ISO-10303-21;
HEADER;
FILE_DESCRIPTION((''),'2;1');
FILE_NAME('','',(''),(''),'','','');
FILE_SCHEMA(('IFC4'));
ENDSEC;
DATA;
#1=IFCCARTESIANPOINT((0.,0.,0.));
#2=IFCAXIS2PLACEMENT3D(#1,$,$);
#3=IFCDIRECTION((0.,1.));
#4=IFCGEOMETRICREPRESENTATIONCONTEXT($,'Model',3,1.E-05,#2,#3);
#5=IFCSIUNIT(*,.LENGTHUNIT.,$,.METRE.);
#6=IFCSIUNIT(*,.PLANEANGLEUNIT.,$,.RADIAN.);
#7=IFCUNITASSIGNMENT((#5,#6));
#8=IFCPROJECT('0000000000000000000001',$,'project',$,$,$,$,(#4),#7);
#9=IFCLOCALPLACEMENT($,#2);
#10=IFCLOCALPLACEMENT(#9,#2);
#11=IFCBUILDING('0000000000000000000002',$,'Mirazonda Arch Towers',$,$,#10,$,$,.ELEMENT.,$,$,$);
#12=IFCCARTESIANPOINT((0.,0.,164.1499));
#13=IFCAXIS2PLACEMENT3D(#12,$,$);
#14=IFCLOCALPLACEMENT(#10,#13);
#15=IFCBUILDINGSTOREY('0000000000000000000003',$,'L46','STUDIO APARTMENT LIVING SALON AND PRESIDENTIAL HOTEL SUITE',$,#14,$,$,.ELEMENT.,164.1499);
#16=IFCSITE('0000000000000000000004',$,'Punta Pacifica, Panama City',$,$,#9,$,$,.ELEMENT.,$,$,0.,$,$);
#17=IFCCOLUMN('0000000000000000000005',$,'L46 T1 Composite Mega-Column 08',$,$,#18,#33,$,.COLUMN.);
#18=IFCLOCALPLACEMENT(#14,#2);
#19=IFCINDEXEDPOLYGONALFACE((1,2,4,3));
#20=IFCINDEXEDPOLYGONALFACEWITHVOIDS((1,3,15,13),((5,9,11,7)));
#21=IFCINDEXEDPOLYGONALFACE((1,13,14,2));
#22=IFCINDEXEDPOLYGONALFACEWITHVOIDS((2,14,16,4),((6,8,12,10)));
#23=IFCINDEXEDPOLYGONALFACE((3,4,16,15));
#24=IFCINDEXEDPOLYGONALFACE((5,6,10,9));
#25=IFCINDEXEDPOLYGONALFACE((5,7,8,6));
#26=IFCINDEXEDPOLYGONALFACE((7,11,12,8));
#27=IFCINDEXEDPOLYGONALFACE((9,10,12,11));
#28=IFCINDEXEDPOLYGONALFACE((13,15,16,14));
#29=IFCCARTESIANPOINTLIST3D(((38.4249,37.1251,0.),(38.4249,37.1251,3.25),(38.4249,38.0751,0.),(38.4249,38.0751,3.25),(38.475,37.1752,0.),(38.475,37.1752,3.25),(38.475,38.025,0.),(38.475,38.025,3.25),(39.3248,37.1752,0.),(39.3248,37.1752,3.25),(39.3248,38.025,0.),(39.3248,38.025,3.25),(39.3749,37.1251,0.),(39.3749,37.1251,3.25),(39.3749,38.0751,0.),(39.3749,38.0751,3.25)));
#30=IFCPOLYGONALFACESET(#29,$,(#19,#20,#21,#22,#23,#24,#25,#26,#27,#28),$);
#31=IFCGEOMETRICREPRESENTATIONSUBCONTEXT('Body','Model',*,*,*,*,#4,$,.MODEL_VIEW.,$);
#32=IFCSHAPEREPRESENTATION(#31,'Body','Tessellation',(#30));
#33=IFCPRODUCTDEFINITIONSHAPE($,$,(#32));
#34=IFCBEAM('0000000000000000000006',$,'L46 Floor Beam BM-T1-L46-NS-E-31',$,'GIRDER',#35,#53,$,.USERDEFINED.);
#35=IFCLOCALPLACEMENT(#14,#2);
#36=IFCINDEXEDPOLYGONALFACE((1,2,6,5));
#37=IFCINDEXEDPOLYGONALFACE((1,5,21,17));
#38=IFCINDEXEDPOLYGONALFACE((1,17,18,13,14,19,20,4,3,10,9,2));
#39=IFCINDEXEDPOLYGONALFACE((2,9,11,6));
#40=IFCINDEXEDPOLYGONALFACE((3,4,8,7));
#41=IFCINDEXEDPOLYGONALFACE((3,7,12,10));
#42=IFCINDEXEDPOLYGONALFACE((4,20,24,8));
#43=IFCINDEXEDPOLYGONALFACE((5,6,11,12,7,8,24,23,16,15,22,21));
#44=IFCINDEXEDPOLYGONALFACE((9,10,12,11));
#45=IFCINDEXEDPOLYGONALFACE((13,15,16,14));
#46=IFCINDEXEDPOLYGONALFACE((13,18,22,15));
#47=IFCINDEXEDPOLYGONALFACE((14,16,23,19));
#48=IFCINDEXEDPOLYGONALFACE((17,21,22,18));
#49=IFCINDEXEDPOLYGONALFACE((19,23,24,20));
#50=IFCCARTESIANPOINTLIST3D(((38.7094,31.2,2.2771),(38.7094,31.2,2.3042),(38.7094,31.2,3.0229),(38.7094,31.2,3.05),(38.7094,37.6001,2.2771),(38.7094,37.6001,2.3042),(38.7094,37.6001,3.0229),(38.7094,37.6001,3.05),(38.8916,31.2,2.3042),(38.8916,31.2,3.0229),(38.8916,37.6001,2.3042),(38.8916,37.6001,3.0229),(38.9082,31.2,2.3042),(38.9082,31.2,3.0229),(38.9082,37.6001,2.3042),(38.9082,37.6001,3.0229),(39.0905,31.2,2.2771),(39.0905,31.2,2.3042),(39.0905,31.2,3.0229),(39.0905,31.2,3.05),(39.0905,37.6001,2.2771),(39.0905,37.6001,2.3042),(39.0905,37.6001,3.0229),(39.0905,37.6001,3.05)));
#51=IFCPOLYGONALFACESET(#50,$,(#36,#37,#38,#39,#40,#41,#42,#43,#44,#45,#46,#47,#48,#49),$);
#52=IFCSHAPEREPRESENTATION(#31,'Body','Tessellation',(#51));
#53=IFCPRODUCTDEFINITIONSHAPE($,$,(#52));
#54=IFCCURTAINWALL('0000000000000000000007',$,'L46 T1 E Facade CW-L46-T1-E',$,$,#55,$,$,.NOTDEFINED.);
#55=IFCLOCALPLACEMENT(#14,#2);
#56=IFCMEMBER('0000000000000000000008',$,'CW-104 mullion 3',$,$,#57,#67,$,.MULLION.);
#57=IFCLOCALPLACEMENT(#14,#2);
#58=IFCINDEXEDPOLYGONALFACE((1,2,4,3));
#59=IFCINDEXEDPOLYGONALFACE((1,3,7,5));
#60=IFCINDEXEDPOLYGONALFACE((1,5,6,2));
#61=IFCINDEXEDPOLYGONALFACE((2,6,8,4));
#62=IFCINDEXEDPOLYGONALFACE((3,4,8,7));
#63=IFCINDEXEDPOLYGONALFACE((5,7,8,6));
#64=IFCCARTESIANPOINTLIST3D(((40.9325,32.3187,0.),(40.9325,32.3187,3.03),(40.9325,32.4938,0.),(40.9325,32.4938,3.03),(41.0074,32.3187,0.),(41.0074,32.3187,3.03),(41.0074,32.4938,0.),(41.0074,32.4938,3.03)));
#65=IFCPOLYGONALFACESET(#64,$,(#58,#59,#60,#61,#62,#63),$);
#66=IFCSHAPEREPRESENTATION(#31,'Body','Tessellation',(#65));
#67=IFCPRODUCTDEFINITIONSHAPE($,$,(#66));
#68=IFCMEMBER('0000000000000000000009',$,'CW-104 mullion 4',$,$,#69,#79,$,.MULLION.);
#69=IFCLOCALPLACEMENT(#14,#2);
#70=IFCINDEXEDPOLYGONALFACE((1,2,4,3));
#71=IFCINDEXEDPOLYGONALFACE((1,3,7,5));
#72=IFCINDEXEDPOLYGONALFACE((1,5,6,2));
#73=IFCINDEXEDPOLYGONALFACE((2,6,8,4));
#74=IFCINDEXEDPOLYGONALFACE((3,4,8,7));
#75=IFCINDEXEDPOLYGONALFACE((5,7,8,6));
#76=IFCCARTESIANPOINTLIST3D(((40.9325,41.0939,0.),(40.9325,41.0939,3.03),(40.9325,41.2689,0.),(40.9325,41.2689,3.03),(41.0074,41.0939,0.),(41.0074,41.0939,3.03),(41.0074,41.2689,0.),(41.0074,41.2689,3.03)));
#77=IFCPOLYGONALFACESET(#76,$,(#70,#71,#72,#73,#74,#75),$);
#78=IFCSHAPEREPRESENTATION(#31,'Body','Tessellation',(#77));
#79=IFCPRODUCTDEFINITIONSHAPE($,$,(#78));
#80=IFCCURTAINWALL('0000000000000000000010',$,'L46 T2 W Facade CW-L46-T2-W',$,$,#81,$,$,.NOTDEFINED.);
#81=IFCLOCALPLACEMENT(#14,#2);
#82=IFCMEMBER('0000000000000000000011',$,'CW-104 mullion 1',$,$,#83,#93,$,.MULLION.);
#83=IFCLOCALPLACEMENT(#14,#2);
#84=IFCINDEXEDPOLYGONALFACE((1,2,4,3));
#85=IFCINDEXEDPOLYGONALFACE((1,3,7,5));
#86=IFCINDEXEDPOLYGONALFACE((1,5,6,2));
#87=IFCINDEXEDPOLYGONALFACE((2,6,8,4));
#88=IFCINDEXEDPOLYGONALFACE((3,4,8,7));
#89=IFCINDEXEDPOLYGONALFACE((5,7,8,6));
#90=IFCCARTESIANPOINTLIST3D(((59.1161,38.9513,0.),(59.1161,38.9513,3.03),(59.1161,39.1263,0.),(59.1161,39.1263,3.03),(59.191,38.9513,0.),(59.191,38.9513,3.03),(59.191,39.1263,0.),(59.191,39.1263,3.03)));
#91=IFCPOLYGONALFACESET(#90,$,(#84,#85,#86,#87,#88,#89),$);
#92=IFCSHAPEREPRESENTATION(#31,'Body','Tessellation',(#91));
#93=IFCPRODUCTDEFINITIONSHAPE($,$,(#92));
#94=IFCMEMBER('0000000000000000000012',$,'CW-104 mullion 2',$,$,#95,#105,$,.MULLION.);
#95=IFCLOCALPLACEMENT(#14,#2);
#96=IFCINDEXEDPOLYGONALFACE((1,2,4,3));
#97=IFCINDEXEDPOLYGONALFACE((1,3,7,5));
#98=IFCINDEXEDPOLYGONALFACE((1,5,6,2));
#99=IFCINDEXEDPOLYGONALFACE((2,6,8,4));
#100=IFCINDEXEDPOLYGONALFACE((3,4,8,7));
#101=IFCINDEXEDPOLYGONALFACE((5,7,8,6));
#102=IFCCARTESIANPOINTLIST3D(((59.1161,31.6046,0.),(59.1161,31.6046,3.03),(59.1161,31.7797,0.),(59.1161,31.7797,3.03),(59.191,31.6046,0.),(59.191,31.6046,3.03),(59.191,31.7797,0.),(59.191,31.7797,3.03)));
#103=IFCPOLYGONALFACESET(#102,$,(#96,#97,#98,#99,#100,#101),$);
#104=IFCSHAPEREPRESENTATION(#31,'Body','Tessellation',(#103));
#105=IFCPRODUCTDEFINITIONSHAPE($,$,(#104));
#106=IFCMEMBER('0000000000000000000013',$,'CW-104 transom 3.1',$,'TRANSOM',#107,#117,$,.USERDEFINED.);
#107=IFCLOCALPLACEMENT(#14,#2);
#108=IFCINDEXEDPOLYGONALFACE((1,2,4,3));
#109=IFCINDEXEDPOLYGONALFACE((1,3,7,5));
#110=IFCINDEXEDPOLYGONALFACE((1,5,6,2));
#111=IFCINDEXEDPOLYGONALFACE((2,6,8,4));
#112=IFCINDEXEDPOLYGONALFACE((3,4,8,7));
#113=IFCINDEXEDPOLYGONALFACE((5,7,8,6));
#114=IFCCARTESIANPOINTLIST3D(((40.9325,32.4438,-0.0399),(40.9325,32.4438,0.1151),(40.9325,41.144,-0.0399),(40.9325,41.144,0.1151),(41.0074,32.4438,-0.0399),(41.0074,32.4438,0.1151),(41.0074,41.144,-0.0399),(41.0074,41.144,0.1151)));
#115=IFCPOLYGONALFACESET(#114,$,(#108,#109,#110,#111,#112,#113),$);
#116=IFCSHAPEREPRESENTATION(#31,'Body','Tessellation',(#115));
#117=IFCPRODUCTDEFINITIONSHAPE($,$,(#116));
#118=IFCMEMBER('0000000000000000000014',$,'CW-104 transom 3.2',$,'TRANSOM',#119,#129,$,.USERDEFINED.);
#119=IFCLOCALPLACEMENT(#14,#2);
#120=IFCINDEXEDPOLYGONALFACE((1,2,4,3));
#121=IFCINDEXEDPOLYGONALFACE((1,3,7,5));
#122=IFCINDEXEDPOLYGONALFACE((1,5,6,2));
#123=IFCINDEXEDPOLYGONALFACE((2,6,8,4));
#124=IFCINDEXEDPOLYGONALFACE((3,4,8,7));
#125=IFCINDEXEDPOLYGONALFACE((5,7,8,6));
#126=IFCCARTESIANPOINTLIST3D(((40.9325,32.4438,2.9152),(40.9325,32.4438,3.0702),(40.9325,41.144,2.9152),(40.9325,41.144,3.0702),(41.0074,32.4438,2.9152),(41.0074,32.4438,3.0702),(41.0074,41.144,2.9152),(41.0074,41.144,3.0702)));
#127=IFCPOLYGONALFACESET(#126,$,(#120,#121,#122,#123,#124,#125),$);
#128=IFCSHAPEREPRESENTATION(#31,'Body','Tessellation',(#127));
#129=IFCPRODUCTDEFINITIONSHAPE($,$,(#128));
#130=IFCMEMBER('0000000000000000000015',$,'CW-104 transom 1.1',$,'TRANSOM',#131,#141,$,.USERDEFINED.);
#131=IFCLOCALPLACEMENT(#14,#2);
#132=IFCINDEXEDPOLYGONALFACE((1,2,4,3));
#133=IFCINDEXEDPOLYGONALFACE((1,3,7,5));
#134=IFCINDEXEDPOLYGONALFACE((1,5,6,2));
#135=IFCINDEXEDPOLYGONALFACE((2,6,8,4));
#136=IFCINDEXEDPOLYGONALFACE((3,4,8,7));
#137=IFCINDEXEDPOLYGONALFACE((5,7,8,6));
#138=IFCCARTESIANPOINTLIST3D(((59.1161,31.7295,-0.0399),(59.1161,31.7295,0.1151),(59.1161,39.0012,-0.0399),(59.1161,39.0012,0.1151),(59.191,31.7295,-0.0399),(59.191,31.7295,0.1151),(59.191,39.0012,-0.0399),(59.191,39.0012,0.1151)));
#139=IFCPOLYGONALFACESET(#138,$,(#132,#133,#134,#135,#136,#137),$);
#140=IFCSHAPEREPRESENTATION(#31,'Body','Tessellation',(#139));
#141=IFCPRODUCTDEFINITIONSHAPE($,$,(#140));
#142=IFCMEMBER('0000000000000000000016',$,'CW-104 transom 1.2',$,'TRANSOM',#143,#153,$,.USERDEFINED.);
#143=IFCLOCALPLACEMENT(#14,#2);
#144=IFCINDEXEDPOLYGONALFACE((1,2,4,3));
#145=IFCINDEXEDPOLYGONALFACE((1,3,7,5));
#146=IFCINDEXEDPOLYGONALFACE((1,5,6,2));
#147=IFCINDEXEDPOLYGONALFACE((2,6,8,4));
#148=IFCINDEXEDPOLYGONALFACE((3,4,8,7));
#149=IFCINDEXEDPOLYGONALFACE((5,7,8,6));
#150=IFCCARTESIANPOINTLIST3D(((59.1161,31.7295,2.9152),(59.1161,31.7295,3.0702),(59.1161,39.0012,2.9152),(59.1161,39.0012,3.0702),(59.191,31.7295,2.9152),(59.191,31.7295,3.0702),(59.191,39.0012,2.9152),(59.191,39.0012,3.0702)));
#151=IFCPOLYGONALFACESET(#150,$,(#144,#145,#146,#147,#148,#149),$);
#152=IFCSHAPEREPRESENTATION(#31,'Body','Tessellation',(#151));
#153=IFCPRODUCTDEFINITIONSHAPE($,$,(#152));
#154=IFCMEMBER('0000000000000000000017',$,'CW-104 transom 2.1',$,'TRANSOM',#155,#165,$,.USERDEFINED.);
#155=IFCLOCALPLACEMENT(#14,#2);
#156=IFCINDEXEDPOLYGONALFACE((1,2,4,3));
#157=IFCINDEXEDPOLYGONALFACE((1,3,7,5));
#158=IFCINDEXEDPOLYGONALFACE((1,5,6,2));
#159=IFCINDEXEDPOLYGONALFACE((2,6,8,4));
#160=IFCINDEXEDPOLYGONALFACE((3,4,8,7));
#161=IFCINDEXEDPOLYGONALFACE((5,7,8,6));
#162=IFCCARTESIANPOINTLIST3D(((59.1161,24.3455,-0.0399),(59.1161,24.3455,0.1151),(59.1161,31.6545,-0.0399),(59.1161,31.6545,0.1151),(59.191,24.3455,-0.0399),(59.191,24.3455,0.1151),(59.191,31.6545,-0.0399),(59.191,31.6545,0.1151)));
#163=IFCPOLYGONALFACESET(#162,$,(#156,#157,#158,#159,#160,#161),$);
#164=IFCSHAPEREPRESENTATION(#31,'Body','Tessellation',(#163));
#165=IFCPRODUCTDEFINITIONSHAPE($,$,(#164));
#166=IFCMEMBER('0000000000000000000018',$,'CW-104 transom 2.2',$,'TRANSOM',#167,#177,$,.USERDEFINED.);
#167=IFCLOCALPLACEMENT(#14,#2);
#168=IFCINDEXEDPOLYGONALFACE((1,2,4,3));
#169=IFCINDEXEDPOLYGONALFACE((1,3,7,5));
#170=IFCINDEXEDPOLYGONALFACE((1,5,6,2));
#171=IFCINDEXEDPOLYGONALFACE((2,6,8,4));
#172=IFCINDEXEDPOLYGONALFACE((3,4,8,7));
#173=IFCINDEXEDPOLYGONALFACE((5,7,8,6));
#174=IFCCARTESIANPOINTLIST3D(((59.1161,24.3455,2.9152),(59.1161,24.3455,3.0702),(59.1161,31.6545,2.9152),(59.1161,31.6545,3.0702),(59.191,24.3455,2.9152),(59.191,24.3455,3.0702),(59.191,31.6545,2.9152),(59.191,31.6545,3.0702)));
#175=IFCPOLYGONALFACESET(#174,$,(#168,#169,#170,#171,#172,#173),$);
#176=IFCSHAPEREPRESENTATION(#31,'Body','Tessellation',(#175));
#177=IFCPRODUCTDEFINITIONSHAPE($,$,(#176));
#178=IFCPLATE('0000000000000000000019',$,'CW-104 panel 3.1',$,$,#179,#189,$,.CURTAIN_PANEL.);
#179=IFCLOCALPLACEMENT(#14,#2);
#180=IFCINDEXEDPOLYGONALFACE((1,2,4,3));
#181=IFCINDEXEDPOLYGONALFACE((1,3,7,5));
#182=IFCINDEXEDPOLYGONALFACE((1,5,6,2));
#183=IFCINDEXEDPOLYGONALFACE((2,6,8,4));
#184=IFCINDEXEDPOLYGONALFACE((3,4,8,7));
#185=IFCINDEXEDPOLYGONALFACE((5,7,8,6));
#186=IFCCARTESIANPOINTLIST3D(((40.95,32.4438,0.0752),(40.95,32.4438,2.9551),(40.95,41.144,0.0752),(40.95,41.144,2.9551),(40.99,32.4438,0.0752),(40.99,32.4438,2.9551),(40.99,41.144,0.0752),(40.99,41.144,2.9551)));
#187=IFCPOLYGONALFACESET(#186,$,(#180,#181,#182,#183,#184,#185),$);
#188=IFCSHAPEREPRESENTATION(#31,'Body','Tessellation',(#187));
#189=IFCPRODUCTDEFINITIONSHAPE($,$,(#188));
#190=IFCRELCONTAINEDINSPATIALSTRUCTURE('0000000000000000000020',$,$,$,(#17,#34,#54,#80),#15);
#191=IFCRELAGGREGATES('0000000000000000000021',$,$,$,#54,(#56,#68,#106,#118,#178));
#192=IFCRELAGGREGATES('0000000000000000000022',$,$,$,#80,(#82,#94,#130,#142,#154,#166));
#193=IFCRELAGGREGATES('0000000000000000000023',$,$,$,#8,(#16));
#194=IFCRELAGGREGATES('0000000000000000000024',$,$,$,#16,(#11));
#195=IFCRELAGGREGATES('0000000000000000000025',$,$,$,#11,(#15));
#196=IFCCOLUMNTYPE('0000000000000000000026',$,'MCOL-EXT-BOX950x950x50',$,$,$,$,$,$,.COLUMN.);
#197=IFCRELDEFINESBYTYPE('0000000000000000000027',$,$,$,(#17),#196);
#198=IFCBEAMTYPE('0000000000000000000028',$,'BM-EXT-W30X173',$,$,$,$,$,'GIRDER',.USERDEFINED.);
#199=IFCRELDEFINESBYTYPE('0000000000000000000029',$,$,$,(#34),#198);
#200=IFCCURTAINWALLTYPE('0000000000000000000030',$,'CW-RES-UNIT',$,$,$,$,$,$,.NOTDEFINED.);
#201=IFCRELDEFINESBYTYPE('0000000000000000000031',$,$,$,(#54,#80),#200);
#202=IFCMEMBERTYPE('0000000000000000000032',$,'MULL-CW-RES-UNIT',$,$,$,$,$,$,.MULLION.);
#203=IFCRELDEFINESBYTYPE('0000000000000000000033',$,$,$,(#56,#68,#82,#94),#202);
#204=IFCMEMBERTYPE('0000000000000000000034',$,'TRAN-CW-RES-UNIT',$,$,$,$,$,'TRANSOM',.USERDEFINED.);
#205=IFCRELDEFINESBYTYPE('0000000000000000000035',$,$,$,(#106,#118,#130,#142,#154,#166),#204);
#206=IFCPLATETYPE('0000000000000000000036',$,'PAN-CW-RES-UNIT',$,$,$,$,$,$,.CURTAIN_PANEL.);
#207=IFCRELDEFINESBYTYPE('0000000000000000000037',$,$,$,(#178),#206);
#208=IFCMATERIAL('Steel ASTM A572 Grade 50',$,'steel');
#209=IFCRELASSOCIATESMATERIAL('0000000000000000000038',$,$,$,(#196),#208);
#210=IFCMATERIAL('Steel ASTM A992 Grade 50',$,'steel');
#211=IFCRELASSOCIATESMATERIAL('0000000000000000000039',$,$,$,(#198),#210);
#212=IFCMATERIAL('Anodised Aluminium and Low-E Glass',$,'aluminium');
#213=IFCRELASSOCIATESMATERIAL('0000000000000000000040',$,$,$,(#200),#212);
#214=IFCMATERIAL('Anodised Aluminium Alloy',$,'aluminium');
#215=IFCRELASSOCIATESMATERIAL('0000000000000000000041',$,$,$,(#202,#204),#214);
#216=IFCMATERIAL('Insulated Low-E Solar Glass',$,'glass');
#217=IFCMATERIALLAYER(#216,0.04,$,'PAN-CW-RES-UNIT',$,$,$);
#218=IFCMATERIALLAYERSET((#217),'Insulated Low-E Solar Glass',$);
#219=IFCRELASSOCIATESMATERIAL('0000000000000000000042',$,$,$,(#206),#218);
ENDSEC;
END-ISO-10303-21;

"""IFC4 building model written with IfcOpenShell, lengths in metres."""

from ifc_helpers import new_model, si_unit, direction, frame, origin, origin_2d, place, context, subcontext, project, spatial, rectangle, hollow_rectangle, i_section, extrude, material, layer, layer_set, material_profile, profile_set, type_object, element, aggregate, save


model = new_model("IFC4")

# Units and contexts
model_context = context("Model", 3, precision=1e-05, world=origin(), true_north=direction((0.0, 1.0)))
body_context = subcontext(model_context, "Body", "Model", "MODEL_VIEW")
ifc_project = project(units=[si_unit("LENGTHUNIT", "METRE"), si_unit("PLANEANGLEUNIT", "RADIAN")], contexts=[model_context])

# Site, building, storey
site_placement = place(None, origin())
site = spatial("IfcSite", under=ifc_project, at=site_placement, Name="Punta Pacifica, Panama City", CompositionType="ELEMENT", RefElevation=0.0)
building_placement = place(site_placement, origin())
building = spatial("IfcBuilding", under=site, at=building_placement, Name="Mirazonda Arch Towers", CompositionType="ELEMENT")
storey_placement = place(building_placement, frame((0.0, 0.0, 164.1499)))
storey = spatial("IfcBuildingStorey", under=building, at=storey_placement, Name="L46", Description="STUDIO APARTMENT LIVING SALON AND PRESIDENTIAL HOTEL SUITE", CompositionType="ELEMENT", Elevation=164.1499)

# Column
ifc_material_1 = material(Name="Steel ASTM A572 Grade 50", Category="steel")
ifc_material_profile_1 = material_profile(ifc_material_1, hollow_rectangle(XDim=0.95, YDim=0.95, WallThickness=0.05, at=origin_2d()), Name="BOX950x950x50")
ifc_profile_set_1 = profile_set([ifc_material_profile_1], Name="Steel ASTM A572 Grade 50")
column_type = type_object("IfcColumnType", Name="MCOL-EXT-BOX950x950x50", PredefinedType="COLUMN", material=ifc_profile_set_1)
column_placement = place(storey_placement, frame((38.8999, 37.6001, 0.0), z_axis=(0.0, 0.0, 1.0), x_axis=(1.0, 0.0, 0.0)))
element("IfcColumn", 1, at=column_placement, inside=storey, type_object=column_type, Name="L46 T1 Composite Mega-Column 08", PredefinedType="COLUMN", context=body_context, shape_type="SweptSolid", body=[
    extrude(hollow_rectangle(XDim=0.95, YDim=0.95, WallThickness=0.05, at=origin_2d()), origin(), (0.0, 0.0, 1.0), 3.25),
])

# Beam
ifc_material_2 = material(Name="Steel ASTM A992 Grade 50", Category="steel")
ifc_material_profile_2 = material_profile(ifc_material_2, i_section(OverallWidth=0.3811, OverallDepth=0.7729, WebThickness=0.0166, FlangeThickness=0.0271, at=origin_2d()), Name="W30X173")
ifc_profile_set_2 = profile_set([ifc_material_profile_2], Name="Steel ASTM A992 Grade 50")
beam_type = type_object("IfcBeamType", Name="BM-EXT-W30X173", ElementType="GIRDER", PredefinedType="USERDEFINED", material=ifc_profile_set_2)
beam_placement = place(storey_placement, frame((38.8999, 31.2, 2.6636), z_axis=(0.0, 1.0, 0.0), x_axis=(-1.0, 0.0, 0.0)))
element("IfcBeam", 2, at=beam_placement, inside=storey, type_object=beam_type, Name="L46 Floor Beam BM-T1-L46-NS-E-31", ObjectType="GIRDER", PredefinedType="USERDEFINED", context=body_context, shape_type="SweptSolid", body=[
    extrude(i_section(OverallWidth=0.3811, OverallDepth=0.7729, WebThickness=0.0166, FlangeThickness=0.0271, at=origin_2d()), origin(), (0.0, 0.0, 1.0), 6.4001),
])

# Curtain walls, members
ifc_material_3 = material(Name="Anodised Aluminium and Low-E Glass", Category="aluminium")
curtain_wall_type = type_object("IfcCurtainWallType", Name="CW-RES-UNIT", PredefinedType="NOTDEFINED", material=ifc_material_3)
curtain_wall_1_placement = place(storey_placement, origin())
curtain_wall_1 = element("IfcCurtainWall", 3, at=curtain_wall_1_placement, inside=storey, type_object=curtain_wall_type, Name="L46 T1 E Facade CW-L46-T1-E", PredefinedType="NOTDEFINED")
ifc_material_4 = material(Name="Anodised Aluminium Alloy", Category="aluminium")
ifc_material_profile_3 = material_profile(ifc_material_4, rectangle(XDim=0.075, YDim=0.175, at=origin_2d()), Name="ALU-MULL-75x175")
ifc_profile_set_3 = profile_set([ifc_material_profile_3], Name="Anodised Aluminium Alloy")
member_type_1 = type_object("IfcMemberType", Name="MULL-CW-RES-UNIT", PredefinedType="MULLION", material=ifc_profile_set_3)
member_1_placement = place(storey_placement, frame((40.97, 32.4062, 0.0), z_axis=(0.0, 0.0, 1.0), x_axis=(-1.0, 0.0, 0.0)))
member_1 = element("IfcMember", 4, at=member_1_placement, type_object=member_type_1, Name="CW-104 mullion 3", PredefinedType="MULLION", context=body_context, shape_type="SweptSolid", body=[
    extrude(rectangle(XDim=0.075, YDim=0.175, at=origin_2d()), origin(), (0.0, 0.0, 1.0), 3.03),
])
member_2_placement = place(storey_placement, frame((40.97, 41.1814, 0.0), z_axis=(0.0, 0.0, 1.0), x_axis=(-1.0, 0.0, 0.0)))
member_2 = element("IfcMember", 5, at=member_2_placement, type_object=member_type_1, Name="CW-104 mullion 4", PredefinedType="MULLION", context=body_context, shape_type="SweptSolid", body=[
    extrude(rectangle(XDim=0.075, YDim=0.175, at=origin_2d()), origin(), (0.0, 0.0, 1.0), 3.03),
])
curtain_wall_2_placement = place(storey_placement, origin())
curtain_wall_2 = element("IfcCurtainWall", 6, at=curtain_wall_2_placement, inside=storey, type_object=curtain_wall_type, Name="L46 T2 W Facade CW-L46-T2-W", PredefinedType="NOTDEFINED")
member_3_placement = place(storey_placement, frame((59.1536, 39.0388, 0.0), z_axis=(0.0, 0.0, 1.0), x_axis=(1.0, 0.0, 0.0)))
member_3 = element("IfcMember", 7, at=member_3_placement, type_object=member_type_1, Name="CW-104 mullion 1", PredefinedType="MULLION", context=body_context, shape_type="SweptSolid", body=[
    extrude(rectangle(XDim=0.075, YDim=0.175, at=origin_2d()), origin(), (0.0, 0.0, 1.0), 3.03),
])
member_4_placement = place(storey_placement, frame((59.1536, 31.6921, 0.0), z_axis=(0.0, 0.0, 1.0), x_axis=(1.0, 0.0, 0.0)))
member_4 = element("IfcMember", 8, at=member_4_placement, type_object=member_type_1, Name="CW-104 mullion 2", PredefinedType="MULLION", context=body_context, shape_type="SweptSolid", body=[
    extrude(rectangle(XDim=0.075, YDim=0.175, at=origin_2d()), origin(), (0.0, 0.0, 1.0), 3.03),
])

# Members
ifc_material_profile_4 = material_profile(ifc_material_4, rectangle(XDim=0.075, YDim=0.155, at=origin_2d()), Name="ALU-TRAN-75x155")
ifc_profile_set_4 = profile_set([ifc_material_profile_4], Name="Anodised Aluminium Alloy")
member_type_2 = type_object("IfcMemberType", Name="TRAN-CW-RES-UNIT", ElementType="TRANSOM", PredefinedType="USERDEFINED", material=ifc_profile_set_4)
member_5_placement = place(storey_placement, frame((40.97, 32.4438, 0.0376), z_axis=(0.0, 1.0, 0.0), x_axis=(-1.0, 0.0, 0.0)))
member_5 = element("IfcMember", 9, at=member_5_placement, type_object=member_type_2, Name="CW-104 transom 3.1", ObjectType="TRANSOM", PredefinedType="USERDEFINED", context=body_context, shape_type="SweptSolid", body=[
    extrude(rectangle(XDim=0.075, YDim=0.155, at=origin_2d()), origin(), (0.0, 0.0, 1.0), 8.7002),
])
member_6_placement = place(storey_placement, frame((40.97, 32.4438, 2.9927), z_axis=(0.0, 1.0, 0.0), x_axis=(-1.0, 0.0, 0.0)))
member_6 = element("IfcMember", 10, at=member_6_placement, type_object=member_type_2, Name="CW-104 transom 3.2", ObjectType="TRANSOM", PredefinedType="USERDEFINED", context=body_context, shape_type="SweptSolid", body=[
    extrude(rectangle(XDim=0.075, YDim=0.155, at=origin_2d()), origin(), (0.0, 0.0, 1.0), 8.7002),
])
member_7_placement = place(storey_placement, frame((59.1536, 39.0012, 0.0376), z_axis=(0.0, -1.0, 0.0), x_axis=(1.0, 0.0, 0.0)))
member_7 = element("IfcMember", 11, at=member_7_placement, type_object=member_type_2, Name="CW-104 transom 1.1", ObjectType="TRANSOM", PredefinedType="USERDEFINED", context=body_context, shape_type="SweptSolid", body=[
    extrude(rectangle(XDim=0.075, YDim=0.155, at=origin_2d()), origin(), (0.0, 0.0, 1.0), 7.2717),
])
member_8_placement = place(storey_placement, frame((59.1536, 39.0012, 2.9927), z_axis=(0.0, -1.0, 0.0), x_axis=(1.0, 0.0, 0.0)))
member_8 = element("IfcMember", 12, at=member_8_placement, type_object=member_type_2, Name="CW-104 transom 1.2", ObjectType="TRANSOM", PredefinedType="USERDEFINED", context=body_context, shape_type="SweptSolid", body=[
    extrude(rectangle(XDim=0.075, YDim=0.155, at=origin_2d()), origin(), (0.0, 0.0, 1.0), 7.2717),
])
member_9_placement = place(storey_placement, frame((59.1536, 31.6545, 0.0376), z_axis=(0.0, -1.0, 0.0), x_axis=(1.0, 0.0, 0.0)))
member_9 = element("IfcMember", 13, at=member_9_placement, type_object=member_type_2, Name="CW-104 transom 2.1", ObjectType="TRANSOM", PredefinedType="USERDEFINED", context=body_context, shape_type="SweptSolid", body=[
    extrude(rectangle(XDim=0.075, YDim=0.155, at=origin_2d()), origin(), (0.0, 0.0, 1.0), 7.3091),
])
member_10_placement = place(storey_placement, frame((59.1536, 31.6545, 2.9927), z_axis=(0.0, -1.0, 0.0), x_axis=(1.0, 0.0, 0.0)))
member_10 = element("IfcMember", 14, at=member_10_placement, type_object=member_type_2, Name="CW-104 transom 2.2", ObjectType="TRANSOM", PredefinedType="USERDEFINED", context=body_context, shape_type="SweptSolid", body=[
    extrude(rectangle(XDim=0.075, YDim=0.155, at=origin_2d()), origin(), (0.0, 0.0, 1.0), 7.3091),
])

# Plate
ifc_material_5 = material(Name="Insulated Low-E Solar Glass", Category="glass")
ifc_layer_1 = layer(ifc_material_5, 0.04, Name="PAN-CW-RES-UNIT")
ifc_layer_set_1 = layer_set([ifc_layer_1], Name="Insulated Low-E Solar Glass")
plate_type = type_object("IfcPlateType", Name="PAN-CW-RES-UNIT", PredefinedType="CURTAIN_PANEL", material=ifc_layer_set_1)
plate_1_placement = place(storey_placement, frame((40.97, 36.7939, 0.0752), z_axis=(0.0, 0.0, 1.0), x_axis=(0.0, 1.0, 0.0)))
plate_1 = element("IfcPlate", 15, at=plate_1_placement, type_object=plate_type, Name="CW-104 panel 3.1", PredefinedType="CURTAIN_PANEL", context=body_context, shape_type="SweptSolid", body=[
    extrude(rectangle(XDim=8.7002, YDim=0.04, at=origin_2d()), origin(), (0.0, 0.0, 1.0), 2.8799),
])
aggregate(curtain_wall_1, [member_1, member_2, member_5, member_6, plate_1])
aggregate(curtain_wall_2, [member_3, member_4, member_7, member_8, member_9, member_10])

save(model, "model.ifc")
